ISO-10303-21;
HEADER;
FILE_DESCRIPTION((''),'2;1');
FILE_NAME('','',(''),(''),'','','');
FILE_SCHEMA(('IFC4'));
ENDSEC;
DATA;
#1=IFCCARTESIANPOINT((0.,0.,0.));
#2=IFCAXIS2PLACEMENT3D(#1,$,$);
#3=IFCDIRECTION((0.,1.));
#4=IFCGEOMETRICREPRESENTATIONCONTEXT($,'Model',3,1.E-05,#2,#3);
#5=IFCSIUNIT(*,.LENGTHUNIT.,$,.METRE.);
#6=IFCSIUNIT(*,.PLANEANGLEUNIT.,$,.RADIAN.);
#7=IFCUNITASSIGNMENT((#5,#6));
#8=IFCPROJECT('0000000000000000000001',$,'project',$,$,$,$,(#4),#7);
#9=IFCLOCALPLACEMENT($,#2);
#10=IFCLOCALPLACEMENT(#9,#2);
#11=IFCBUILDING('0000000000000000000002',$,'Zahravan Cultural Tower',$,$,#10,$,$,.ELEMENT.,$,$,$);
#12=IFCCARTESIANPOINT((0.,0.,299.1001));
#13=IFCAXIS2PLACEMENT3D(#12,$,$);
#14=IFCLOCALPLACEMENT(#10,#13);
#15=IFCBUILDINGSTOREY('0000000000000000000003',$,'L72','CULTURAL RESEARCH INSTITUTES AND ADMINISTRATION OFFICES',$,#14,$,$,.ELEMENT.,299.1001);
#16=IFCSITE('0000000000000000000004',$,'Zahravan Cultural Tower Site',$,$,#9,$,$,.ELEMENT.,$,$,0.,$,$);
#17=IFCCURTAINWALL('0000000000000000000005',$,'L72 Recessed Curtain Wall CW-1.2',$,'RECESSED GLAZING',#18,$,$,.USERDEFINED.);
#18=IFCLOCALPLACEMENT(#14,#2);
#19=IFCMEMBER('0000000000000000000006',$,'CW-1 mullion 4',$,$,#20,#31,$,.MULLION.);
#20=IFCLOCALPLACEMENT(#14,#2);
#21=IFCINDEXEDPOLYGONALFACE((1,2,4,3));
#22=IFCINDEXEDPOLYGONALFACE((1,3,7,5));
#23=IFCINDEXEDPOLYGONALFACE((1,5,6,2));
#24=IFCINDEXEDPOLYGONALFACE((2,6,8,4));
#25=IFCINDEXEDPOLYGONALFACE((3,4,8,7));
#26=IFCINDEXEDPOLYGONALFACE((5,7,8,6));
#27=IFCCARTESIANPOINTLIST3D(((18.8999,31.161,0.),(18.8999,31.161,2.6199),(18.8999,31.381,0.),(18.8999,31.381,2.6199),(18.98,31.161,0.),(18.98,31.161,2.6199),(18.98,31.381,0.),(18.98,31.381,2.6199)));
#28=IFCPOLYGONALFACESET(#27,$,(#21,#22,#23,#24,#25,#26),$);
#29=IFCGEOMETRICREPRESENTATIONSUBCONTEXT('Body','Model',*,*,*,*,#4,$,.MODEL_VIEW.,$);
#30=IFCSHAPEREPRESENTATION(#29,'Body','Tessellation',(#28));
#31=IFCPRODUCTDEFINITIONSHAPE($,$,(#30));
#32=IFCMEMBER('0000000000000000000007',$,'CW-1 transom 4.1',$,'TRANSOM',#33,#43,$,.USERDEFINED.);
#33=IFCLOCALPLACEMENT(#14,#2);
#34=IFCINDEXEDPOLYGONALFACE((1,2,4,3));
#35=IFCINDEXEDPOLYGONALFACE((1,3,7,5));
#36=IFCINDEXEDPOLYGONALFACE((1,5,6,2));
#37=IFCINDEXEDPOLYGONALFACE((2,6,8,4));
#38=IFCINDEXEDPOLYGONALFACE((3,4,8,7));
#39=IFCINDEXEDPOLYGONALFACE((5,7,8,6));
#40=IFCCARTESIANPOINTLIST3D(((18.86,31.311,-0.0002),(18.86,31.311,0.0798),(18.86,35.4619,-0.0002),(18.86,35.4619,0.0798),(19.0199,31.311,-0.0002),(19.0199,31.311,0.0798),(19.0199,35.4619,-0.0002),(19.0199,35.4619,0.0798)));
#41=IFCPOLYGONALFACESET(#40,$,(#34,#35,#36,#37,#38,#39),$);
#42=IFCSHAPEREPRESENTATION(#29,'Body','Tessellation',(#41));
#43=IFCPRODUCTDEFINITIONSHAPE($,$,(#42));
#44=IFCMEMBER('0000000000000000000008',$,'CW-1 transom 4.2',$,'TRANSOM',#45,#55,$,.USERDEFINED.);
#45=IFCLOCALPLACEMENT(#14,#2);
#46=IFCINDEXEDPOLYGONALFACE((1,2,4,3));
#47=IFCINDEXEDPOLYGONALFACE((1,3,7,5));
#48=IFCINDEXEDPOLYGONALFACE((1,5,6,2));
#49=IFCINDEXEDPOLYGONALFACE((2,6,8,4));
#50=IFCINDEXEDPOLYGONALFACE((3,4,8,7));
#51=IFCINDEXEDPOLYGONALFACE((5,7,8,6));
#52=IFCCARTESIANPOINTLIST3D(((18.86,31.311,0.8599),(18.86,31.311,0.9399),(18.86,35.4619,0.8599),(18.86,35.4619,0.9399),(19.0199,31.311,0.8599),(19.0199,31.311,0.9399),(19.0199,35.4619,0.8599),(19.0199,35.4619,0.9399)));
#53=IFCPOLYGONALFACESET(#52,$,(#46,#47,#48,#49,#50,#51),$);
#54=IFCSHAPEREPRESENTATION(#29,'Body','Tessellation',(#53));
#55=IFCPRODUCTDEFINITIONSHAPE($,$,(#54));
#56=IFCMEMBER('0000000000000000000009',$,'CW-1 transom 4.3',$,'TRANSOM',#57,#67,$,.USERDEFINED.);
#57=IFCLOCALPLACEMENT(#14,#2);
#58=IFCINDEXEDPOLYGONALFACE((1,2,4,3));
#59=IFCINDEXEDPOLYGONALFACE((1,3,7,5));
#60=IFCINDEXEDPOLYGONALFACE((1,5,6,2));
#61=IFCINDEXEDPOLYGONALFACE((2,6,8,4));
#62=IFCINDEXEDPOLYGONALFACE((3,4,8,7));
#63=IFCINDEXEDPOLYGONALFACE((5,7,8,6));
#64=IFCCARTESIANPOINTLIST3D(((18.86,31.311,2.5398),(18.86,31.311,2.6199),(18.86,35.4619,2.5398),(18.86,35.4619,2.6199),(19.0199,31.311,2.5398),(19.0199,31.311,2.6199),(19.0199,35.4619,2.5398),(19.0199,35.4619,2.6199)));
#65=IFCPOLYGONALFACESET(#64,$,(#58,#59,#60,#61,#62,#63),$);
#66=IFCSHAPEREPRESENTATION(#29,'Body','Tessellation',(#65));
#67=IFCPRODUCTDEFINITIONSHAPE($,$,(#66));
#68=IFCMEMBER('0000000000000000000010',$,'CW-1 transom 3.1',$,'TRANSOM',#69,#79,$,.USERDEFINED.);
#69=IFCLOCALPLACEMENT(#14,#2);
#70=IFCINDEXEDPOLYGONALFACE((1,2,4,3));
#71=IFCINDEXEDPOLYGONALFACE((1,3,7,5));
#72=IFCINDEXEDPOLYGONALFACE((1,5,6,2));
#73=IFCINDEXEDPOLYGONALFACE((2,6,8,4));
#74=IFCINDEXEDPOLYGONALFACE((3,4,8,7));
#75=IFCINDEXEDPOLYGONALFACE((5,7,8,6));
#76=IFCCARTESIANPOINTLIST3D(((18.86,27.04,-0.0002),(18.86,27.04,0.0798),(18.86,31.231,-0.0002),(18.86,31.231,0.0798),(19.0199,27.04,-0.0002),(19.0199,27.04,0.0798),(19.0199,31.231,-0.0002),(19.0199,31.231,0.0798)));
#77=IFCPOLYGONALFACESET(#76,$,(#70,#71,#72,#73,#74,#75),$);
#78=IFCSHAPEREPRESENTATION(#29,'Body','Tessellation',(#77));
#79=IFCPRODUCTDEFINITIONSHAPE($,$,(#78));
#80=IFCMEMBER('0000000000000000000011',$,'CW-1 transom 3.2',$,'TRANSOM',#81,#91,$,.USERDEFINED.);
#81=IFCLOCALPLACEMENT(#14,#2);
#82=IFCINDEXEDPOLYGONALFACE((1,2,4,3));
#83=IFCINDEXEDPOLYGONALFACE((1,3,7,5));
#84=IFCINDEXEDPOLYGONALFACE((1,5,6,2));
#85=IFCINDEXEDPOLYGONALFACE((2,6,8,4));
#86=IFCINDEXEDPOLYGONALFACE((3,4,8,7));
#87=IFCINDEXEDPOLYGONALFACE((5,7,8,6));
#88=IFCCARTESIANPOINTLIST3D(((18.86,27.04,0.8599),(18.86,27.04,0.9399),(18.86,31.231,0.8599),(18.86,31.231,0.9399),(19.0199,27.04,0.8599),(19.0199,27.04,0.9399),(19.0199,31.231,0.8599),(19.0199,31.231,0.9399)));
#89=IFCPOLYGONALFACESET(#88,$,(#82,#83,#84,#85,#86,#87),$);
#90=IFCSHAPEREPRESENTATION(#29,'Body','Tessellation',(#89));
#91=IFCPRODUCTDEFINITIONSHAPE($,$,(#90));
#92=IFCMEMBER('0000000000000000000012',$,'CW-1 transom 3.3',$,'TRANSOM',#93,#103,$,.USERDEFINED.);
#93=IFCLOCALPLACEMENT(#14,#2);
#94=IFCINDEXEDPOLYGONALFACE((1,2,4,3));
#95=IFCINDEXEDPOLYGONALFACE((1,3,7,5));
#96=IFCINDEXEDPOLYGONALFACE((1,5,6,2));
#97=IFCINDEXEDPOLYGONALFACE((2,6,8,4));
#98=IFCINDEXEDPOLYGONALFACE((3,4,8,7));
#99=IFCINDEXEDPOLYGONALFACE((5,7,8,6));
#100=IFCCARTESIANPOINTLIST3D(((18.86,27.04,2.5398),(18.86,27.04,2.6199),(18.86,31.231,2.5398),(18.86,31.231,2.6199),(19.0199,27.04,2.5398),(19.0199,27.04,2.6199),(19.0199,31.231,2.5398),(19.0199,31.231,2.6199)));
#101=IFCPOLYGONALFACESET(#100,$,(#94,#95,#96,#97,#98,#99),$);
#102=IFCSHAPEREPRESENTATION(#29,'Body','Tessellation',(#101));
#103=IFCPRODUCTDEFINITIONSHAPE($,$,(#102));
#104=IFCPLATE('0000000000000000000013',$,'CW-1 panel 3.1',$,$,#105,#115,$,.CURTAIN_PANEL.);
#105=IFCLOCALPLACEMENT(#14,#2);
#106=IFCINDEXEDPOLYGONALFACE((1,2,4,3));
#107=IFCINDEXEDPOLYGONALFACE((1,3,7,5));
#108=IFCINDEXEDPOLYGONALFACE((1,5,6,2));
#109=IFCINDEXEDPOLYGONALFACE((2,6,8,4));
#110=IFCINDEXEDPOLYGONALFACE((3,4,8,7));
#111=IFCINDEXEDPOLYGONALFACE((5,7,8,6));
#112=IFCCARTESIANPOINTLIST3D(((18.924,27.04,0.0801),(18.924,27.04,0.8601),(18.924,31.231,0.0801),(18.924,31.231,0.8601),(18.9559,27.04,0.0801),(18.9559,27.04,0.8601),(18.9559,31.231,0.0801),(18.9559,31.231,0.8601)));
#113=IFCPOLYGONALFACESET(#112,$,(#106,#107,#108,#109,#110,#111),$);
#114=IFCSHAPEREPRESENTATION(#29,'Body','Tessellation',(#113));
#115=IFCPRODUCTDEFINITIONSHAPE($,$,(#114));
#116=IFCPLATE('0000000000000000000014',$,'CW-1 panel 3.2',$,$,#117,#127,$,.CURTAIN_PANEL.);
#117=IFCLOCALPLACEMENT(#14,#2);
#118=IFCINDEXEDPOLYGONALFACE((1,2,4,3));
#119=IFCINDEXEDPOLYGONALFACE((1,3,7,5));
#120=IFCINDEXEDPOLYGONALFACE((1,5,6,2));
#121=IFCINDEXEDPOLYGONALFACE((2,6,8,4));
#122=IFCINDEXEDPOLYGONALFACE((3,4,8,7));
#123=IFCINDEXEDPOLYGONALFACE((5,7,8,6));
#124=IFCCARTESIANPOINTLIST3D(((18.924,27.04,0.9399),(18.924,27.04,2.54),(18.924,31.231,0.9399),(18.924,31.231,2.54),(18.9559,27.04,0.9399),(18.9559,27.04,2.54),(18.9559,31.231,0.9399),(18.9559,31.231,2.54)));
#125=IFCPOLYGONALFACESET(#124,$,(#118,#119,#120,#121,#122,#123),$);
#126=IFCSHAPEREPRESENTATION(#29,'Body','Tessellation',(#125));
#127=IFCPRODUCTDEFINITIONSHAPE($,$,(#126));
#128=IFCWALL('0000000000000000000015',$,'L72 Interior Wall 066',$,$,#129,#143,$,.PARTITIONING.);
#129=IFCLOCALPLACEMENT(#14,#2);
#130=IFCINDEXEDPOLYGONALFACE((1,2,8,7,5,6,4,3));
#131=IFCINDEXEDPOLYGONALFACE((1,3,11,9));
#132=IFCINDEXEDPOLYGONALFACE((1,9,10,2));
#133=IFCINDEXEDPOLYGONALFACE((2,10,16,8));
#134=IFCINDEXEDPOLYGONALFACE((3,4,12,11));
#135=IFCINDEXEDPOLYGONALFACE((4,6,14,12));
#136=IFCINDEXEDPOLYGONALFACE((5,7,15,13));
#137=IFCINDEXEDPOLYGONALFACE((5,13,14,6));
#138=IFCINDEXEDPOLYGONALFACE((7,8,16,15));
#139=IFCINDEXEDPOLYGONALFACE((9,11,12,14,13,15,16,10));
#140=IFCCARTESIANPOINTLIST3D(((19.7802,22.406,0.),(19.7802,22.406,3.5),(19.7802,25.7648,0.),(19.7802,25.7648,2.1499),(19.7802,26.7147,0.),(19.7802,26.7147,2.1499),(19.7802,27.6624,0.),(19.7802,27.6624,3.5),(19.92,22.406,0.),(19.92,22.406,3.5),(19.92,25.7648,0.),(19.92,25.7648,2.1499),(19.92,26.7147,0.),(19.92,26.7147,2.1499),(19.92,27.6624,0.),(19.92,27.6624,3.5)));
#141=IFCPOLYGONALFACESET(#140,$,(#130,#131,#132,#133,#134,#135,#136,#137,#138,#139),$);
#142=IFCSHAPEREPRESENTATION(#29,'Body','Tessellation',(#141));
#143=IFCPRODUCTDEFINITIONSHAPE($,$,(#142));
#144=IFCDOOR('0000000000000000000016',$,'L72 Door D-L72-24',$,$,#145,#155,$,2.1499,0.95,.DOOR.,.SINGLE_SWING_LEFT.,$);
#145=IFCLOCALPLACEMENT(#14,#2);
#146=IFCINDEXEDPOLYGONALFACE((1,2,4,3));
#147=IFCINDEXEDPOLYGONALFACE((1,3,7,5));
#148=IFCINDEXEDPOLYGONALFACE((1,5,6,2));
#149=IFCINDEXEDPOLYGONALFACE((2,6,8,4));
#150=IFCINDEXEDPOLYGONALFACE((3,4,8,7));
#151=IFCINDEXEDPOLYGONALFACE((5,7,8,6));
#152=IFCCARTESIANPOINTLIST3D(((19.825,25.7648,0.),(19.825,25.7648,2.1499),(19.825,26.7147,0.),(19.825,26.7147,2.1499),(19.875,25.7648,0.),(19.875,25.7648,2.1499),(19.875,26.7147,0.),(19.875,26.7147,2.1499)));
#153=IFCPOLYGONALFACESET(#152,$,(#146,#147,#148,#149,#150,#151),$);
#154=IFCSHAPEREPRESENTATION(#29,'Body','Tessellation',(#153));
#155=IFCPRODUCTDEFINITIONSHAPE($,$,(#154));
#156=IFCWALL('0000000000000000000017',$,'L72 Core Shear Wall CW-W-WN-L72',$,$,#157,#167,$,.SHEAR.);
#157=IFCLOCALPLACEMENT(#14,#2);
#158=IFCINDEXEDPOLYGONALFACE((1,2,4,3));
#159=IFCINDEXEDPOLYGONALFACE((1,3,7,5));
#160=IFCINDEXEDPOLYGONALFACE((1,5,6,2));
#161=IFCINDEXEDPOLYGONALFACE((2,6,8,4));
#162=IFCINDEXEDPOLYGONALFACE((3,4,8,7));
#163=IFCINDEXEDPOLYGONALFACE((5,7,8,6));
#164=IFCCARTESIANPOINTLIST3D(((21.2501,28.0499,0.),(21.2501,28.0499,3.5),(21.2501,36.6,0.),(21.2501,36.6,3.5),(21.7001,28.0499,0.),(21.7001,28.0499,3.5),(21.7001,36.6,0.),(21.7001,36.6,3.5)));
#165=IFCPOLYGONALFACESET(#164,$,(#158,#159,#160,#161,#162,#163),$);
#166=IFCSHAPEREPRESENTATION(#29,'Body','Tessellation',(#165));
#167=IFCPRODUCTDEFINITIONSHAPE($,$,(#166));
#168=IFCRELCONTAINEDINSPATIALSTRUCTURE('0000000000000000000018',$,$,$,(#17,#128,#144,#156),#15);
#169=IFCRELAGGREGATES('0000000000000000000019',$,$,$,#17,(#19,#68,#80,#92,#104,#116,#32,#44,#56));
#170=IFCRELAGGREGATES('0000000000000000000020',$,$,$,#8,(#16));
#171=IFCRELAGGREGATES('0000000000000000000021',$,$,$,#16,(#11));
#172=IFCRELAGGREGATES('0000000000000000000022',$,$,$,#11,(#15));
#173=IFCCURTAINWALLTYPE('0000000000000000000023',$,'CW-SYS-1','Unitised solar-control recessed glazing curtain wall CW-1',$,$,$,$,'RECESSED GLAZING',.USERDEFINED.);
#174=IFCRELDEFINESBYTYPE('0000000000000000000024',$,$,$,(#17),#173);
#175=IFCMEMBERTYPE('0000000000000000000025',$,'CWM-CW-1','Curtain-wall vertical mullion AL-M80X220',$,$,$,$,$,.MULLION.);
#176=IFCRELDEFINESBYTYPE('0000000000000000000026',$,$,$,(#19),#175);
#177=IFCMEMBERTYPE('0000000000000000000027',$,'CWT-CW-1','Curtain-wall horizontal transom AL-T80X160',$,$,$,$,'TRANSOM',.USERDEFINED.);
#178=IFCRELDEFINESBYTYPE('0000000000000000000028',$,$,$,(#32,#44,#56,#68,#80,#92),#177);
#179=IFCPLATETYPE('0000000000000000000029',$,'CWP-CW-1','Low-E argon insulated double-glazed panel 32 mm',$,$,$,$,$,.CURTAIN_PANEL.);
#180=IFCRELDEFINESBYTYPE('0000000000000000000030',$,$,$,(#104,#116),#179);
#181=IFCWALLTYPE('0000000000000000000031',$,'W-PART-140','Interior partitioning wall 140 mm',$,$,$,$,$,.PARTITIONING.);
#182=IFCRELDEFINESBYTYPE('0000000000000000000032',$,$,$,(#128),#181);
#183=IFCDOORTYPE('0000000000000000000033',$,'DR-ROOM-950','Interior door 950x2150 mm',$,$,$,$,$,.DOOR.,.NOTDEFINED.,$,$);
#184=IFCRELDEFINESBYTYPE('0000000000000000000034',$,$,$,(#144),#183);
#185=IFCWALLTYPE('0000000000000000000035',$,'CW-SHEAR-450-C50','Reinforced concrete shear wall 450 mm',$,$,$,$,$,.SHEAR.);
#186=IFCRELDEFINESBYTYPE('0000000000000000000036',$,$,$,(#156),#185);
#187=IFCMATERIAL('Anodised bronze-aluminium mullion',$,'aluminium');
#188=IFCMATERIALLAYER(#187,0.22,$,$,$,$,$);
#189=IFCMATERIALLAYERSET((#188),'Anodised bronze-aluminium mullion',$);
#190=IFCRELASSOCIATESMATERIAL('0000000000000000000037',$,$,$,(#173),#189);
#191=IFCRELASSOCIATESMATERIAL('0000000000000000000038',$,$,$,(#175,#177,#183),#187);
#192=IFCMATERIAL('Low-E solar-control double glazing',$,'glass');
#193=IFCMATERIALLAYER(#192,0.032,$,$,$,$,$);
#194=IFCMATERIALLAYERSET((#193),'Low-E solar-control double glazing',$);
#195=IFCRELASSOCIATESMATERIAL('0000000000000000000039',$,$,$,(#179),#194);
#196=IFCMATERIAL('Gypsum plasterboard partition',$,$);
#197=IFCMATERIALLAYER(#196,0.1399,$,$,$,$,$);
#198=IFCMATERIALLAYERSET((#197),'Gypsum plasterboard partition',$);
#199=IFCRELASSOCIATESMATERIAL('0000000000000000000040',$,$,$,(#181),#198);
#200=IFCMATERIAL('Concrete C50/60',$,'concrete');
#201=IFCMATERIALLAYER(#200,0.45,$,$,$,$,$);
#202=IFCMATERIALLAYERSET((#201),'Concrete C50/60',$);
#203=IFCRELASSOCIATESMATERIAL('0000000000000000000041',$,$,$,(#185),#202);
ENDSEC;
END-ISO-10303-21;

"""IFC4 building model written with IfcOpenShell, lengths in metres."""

from ifc_helpers import new_model, si_unit, direction, frame, frame_2d, origin, origin_2d, place, context, subcontext, project, spatial, rectangle, extrude, source, transform, mapped, material, layer, layer_set, material_profile, profile_set, type_object, element, fill, aggregate, save


model = new_model("IFC4")

# Units and contexts
model_context = context("Model", 3, precision=1e-05, world=origin(), true_north=direction((0.0, 1.0)))
body_context = subcontext(model_context, "Body", "Model", "MODEL_VIEW")
ifc_project = project(units=[si_unit("LENGTHUNIT", "METRE"), si_unit("PLANEANGLEUNIT", "RADIAN")], contexts=[model_context])

# Site, building, storey
site_placement = place(None, origin())
site = spatial("IfcSite", under=ifc_project, at=site_placement, Name="Zahravan Cultural Tower Site", CompositionType="ELEMENT", RefElevation=0.0)
building_placement = place(site_placement, origin())
building = spatial("IfcBuilding", under=site, at=building_placement, Name="Zahravan Cultural Tower", CompositionType="ELEMENT")
storey_placement = place(building_placement, frame((0.0, 0.0, 299.1001)))
storey = spatial("IfcBuildingStorey", under=building, at=storey_placement, Name="L72", Description="CULTURAL RESEARCH INSTITUTES AND ADMINISTRATION OFFICES", CompositionType="ELEMENT", Elevation=299.1001)

# Curtain wall, members, plates
ifc_material_1 = material(Name="Anodised bronze-aluminium mullion", Category="aluminium")
ifc_layer_1 = layer(ifc_material_1, 0.22)
ifc_layer_set_1 = layer_set([ifc_layer_1], Name="Anodised bronze-aluminium mullion")
curtain_wall_type = type_object("IfcCurtainWallType", Name="CW-SYS-1", Description="Unitised solar-control recessed glazing curtain wall CW-1", ElementType="RECESSED GLAZING", PredefinedType="USERDEFINED", material=ifc_layer_set_1)
curtain_wall_placement = place(storey_placement, origin())
curtain_wall = element("IfcCurtainWall", 1, at=curtain_wall_placement, inside=storey, type_object=curtain_wall_type, Name="L72 Recessed Curtain Wall CW-1.2", ObjectType="RECESSED GLAZING", PredefinedType="USERDEFINED")
ifc_material_profile_1 = material_profile(ifc_material_1, rectangle(XDim=0.0801, YDim=0.22, at=origin_2d()), Name="AL-M80X220")
ifc_profile_set_1 = profile_set([ifc_material_profile_1], Name="Anodised bronze-aluminium mullion")
member_type_1 = type_object("IfcMemberType", Name="CWM-CW-1", Description="Curtain-wall vertical mullion AL-M80X220", PredefinedType="MULLION", material=ifc_profile_set_1)
shared_shape_1 = source(origin(), body_context, "Body", "SweptSolid", [
    extrude(rectangle(XDim=0.0801, YDim=0.22, at=origin_2d()), origin(), (0.0, 0.0, 1.0), 2.6199),
])
member_1_placement = place(storey_placement, frame((18.9399, 31.271, 0.0), z_axis=(0.0, 0.0, 1.0), x_axis=(-1.0, 0.0, 0.0)))
member_1 = element("IfcMember", 2, at=member_1_placement, type_object=member_type_1, Name="CW-1 mullion 4", PredefinedType="MULLION", context=body_context, shape_type="MappedRepresentation", body=[
    mapped(shared_shape_1, transform((0.0, 0.0, 0.0), x_axis=(1.0, 0.0, 0.0), y_axis=(0.0, 1.0, 0.0), z_axis=(0.0, 0.0, 1.0), scale=1.0)),
])
ifc_material_profile_2 = material_profile(ifc_material_1, rectangle(XDim=0.1599, YDim=0.0801, at=origin_2d()), Name="AL-T80X160")
ifc_profile_set_2 = profile_set([ifc_material_profile_2], Name="Anodised bronze-aluminium mullion")
member_type_2 = type_object("IfcMemberType", Name="CWT-CW-1", Description="Curtain-wall horizontal transom AL-T80X160", ElementType="TRANSOM", PredefinedType="USERDEFINED", material=ifc_profile_set_2)
shared_shape_2 = source(origin(), body_context, "Body", "SweptSolid", [
    extrude(rectangle(XDim=0.1599, YDim=0.0801, at=origin_2d()), origin(), (0.0, 0.0, 1.0), 4.1509),
])
member_2_placement = place(storey_placement, frame((18.9399, 31.311, 0.0398), z_axis=(0.0, 1.0, 0.0), x_axis=(-1.0, 0.0, 0.0)))
member_2 = element("IfcMember", 3, at=member_2_placement, type_object=member_type_2, Name="CW-1 transom 4.1", ObjectType="TRANSOM", PredefinedType="USERDEFINED", context=body_context, shape_type="MappedRepresentation", body=[
    mapped(shared_shape_2, transform((0.0, 0.0, 0.0), x_axis=(1.0, 0.0, 0.0), y_axis=(0.0, 1.0, 0.0), z_axis=(0.0, 0.0, 1.0), scale=1.0)),
])
member_3_placement = place(storey_placement, frame((18.9399, 31.311, 0.8999), z_axis=(0.0, 1.0, 0.0), x_axis=(-1.0, 0.0, 0.0)))
member_3 = element("IfcMember", 4, at=member_3_placement, type_object=member_type_2, Name="CW-1 transom 4.2", ObjectType="TRANSOM", PredefinedType="USERDEFINED", context=body_context, shape_type="MappedRepresentation", body=[
    mapped(shared_shape_2, transform((0.0, 0.0, 0.0), x_axis=(1.0, 0.0, 0.0), y_axis=(0.0, 1.0, 0.0), z_axis=(0.0, 0.0, 1.0), scale=1.0)),
])
member_4_placement = place(storey_placement, frame((18.9399, 31.311, 2.5798), z_axis=(0.0, 1.0, 0.0), x_axis=(-1.0, 0.0, 0.0)))
member_4 = element("IfcMember", 5, at=member_4_placement, type_object=member_type_2, Name="CW-1 transom 4.3", ObjectType="TRANSOM", PredefinedType="USERDEFINED", context=body_context, shape_type="MappedRepresentation", body=[
    mapped(shared_shape_2, transform((0.0, 0.0, 0.0), x_axis=(1.0, 0.0, 0.0), y_axis=(0.0, 1.0, 0.0), z_axis=(0.0, 0.0, 1.0), scale=1.0)),
])
shared_shape_3 = source(origin(), body_context, "Body", "SweptSolid", [
    extrude(rectangle(XDim=0.1599, YDim=0.0801, at=origin_2d()), origin(), (0.0, 0.0, 1.0), 4.1909),
])
member_5_placement = place(storey_placement, frame((18.9399, 27.04, 0.0398), z_axis=(0.0, 1.0, 0.0), x_axis=(-1.0, 0.0, 0.0)))
member_5 = element("IfcMember", 6, at=member_5_placement, type_object=member_type_2, Name="CW-1 transom 3.1", ObjectType="TRANSOM", PredefinedType="USERDEFINED", context=body_context, shape_type="MappedRepresentation", body=[
    mapped(shared_shape_3, transform((0.0, 0.0, 0.0), x_axis=(1.0, 0.0, 0.0), y_axis=(0.0, 1.0, 0.0), z_axis=(0.0, 0.0, 1.0), scale=1.0)),
])
member_6_placement = place(storey_placement, frame((18.9399, 27.04, 0.8999), z_axis=(0.0, 1.0, 0.0), x_axis=(-1.0, 0.0, 0.0)))
member_6 = element("IfcMember", 7, at=member_6_placement, type_object=member_type_2, Name="CW-1 transom 3.2", ObjectType="TRANSOM", PredefinedType="USERDEFINED", context=body_context, shape_type="MappedRepresentation", body=[
    mapped(shared_shape_3, transform((0.0, 0.0, 0.0), x_axis=(1.0, 0.0, 0.0), y_axis=(0.0, 1.0, 0.0), z_axis=(0.0, 0.0, 1.0), scale=1.0)),
])
member_7_placement = place(storey_placement, frame((18.9399, 27.04, 2.5798), z_axis=(0.0, 1.0, 0.0), x_axis=(-1.0, 0.0, 0.0)))
member_7 = element("IfcMember", 8, at=member_7_placement, type_object=member_type_2, Name="CW-1 transom 3.3", ObjectType="TRANSOM", PredefinedType="USERDEFINED", context=body_context, shape_type="MappedRepresentation", body=[
    mapped(shared_shape_3, transform((0.0, 0.0, 0.0), x_axis=(1.0, 0.0, 0.0), y_axis=(0.0, 1.0, 0.0), z_axis=(0.0, 0.0, 1.0), scale=1.0)),
])
ifc_material_2 = material(Name="Low-E solar-control double glazing", Category="glass")
ifc_layer_2 = layer(ifc_material_2, 0.032)
ifc_layer_set_2 = layer_set([ifc_layer_2], Name="Low-E solar-control double glazing")
plate_type = type_object("IfcPlateType", Name="CWP-CW-1", Description="Low-E argon insulated double-glazed panel 32 mm", PredefinedType="CURTAIN_PANEL", material=ifc_layer_set_2)
shared_shape_4 = source(origin(), body_context, "Body", "SweptSolid", [
    extrude(rectangle(XDim=4.1909, YDim=0.032, at=origin_2d()), origin(), (0.0, 0.0, 1.0), 0.78),
])
plate_1_placement = place(storey_placement, frame((18.9399, 29.1355, 0.0801), z_axis=(0.0, 0.0, 1.0), x_axis=(0.0, 1.0, 0.0)))
plate_1 = element("IfcPlate", 9, at=plate_1_placement, type_object=plate_type, Name="CW-1 panel 3.1", PredefinedType="CURTAIN_PANEL", context=body_context, shape_type="MappedRepresentation", body=[
    mapped(shared_shape_4, transform((0.0, 0.0, 0.0), x_axis=(1.0, 0.0, 0.0), y_axis=(0.0, 1.0, 0.0), z_axis=(0.0, 0.0, 1.0), scale=1.0)),
])
shared_shape_5 = source(origin(), body_context, "Body", "SweptSolid", [
    extrude(rectangle(XDim=4.1909, YDim=0.032, at=origin_2d()), origin(), (0.0, 0.0, 1.0), 1.6001),
])
plate_2_placement = place(storey_placement, frame((18.9399, 29.1355, 0.9399), z_axis=(0.0, 0.0, 1.0), x_axis=(0.0, 1.0, 0.0)))
plate_2 = element("IfcPlate", 10, at=plate_2_placement, type_object=plate_type, Name="CW-1 panel 3.2", PredefinedType="CURTAIN_PANEL", context=body_context, shape_type="MappedRepresentation", body=[
    mapped(shared_shape_5, transform((0.0, 0.0, 0.0), x_axis=(1.0, 0.0, 0.0), y_axis=(0.0, 1.0, 0.0), z_axis=(0.0, 0.0, 1.0), scale=1.0)),
])
aggregate(curtain_wall, [member_1, member_5, member_6, member_7, plate_1, plate_2, member_2, member_3, member_4])

# Wall, opening, door
ifc_material_3 = material(Name="Gypsum plasterboard partition")
ifc_layer_3 = layer(ifc_material_3, 0.1399)
ifc_layer_set_3 = layer_set([ifc_layer_3], Name="Gypsum plasterboard partition")
wall_type_1 = type_object("IfcWallType", Name="W-PART-140", Description="Interior partitioning wall 140 mm", PredefinedType="PARTITIONING", material=ifc_layer_set_3)
wall_1_placement = place(storey_placement, frame((19.8501, 27.6624, 0.0), z_axis=(0.0, 0.0, 1.0), x_axis=(0.0, -1.0, 0.0)))
wall_1 = element("IfcWall", 11, at=wall_1_placement, inside=storey, type_object=wall_type_1, Name="L72 Interior Wall 066", PredefinedType="PARTITIONING", context=body_context, shape_type="SweptSolid", body=[
    extrude(rectangle(XDim=5.2563, YDim=0.1399, at=frame_2d((2.6282, 0.0))), origin(), (0.0, 0.0, 1.0), 3.5),
])
opening_1_placement = place(wall_1_placement, frame((0.9475, 0.0, 0.0)))
opening_1 = element("IfcOpeningElement", 12, at=opening_1_placement, cuts=wall_1, PredefinedType="OPENING", context=body_context, shape_type="SweptSolid", body=[
    extrude(rectangle(XDim=0.95, YDim=2.1499, at=frame_2d((0.4751, 1.075))), frame((0.0, 0.0798, 0.0), z_axis=(0.0, -1.0, 0.0), x_axis=(1.0, 0.0, 0.0)), (0.0, 0.0, 1.0), 0.1599),
])
door_type = type_object("IfcDoorType", Name="DR-ROOM-950", Description="Interior door 950x2150 mm", OperationType="NOTDEFINED", PredefinedType="DOOR", material=ifc_material_1)
shared_shape_6 = source(origin(), body_context, "Body", "SweptSolid", [
    extrude(rectangle(XDim=0.95, YDim=2.1499, at=frame_2d((0.4751, 1.075))), frame((0.0, 0.0249, 0.0), z_axis=(0.0, -1.0, 0.0), x_axis=(1.0, 0.0, 0.0)), (0.0, 0.0, 1.0), 0.05),
])
door_1_placement = place(opening_1_placement, origin())
door_1 = element("IfcDoor", 13, at=door_1_placement, inside=storey, type_object=door_type, Name="L72 Door D-L72-24", OperationType="SINGLE_SWING_LEFT", OverallHeight=2.1499, OverallWidth=0.95, PredefinedType="DOOR", context=body_context, shape_type="MappedRepresentation", body=[
    mapped(shared_shape_6, transform((0.0, 0.0, 0.0), x_axis=(1.0, 0.0, 0.0), y_axis=(0.0, 1.0, 0.0), z_axis=(0.0, 0.0, 1.0), scale=1.0)),
])
fill(opening_1, door_1)

# Wall
ifc_material_4 = material(Name="Concrete C50/60", Category="concrete")
ifc_layer_4 = layer(ifc_material_4, 0.45)
ifc_layer_set_4 = layer_set([ifc_layer_4], Name="Concrete C50/60")
wall_type_2 = type_object("IfcWallType", Name="CW-SHEAR-450-C50", Description="Reinforced concrete shear wall 450 mm", PredefinedType="SHEAR", material=ifc_layer_set_4)
shared_shape_7 = source(origin(), body_context, "Body", "SweptSolid", [
    extrude(rectangle(XDim=8.55, YDim=0.45, at=frame_2d((4.2749, 0.0))), origin(), (0.0, 0.0, 1.0), 3.5),
])
wall_2_placement = place(storey_placement, frame((21.4751, 28.05, 0.0), z_axis=(0.0, 0.0, 1.0), x_axis=(0.0, 1.0, 0.0)))
element("IfcWall", 14, at=wall_2_placement, inside=storey, type_object=wall_type_2, Name="L72 Core Shear Wall CW-W-WN-L72", PredefinedType="SHEAR", context=body_context, shape_type="MappedRepresentation", body=[
    mapped(shared_shape_7, transform((0.0, 0.0, 0.0), x_axis=(1.0, 0.0, 0.0), y_axis=(0.0, 1.0, 0.0), z_axis=(0.0, 0.0, 1.0), scale=1.0)),
])

save(model, "model.ifc")
